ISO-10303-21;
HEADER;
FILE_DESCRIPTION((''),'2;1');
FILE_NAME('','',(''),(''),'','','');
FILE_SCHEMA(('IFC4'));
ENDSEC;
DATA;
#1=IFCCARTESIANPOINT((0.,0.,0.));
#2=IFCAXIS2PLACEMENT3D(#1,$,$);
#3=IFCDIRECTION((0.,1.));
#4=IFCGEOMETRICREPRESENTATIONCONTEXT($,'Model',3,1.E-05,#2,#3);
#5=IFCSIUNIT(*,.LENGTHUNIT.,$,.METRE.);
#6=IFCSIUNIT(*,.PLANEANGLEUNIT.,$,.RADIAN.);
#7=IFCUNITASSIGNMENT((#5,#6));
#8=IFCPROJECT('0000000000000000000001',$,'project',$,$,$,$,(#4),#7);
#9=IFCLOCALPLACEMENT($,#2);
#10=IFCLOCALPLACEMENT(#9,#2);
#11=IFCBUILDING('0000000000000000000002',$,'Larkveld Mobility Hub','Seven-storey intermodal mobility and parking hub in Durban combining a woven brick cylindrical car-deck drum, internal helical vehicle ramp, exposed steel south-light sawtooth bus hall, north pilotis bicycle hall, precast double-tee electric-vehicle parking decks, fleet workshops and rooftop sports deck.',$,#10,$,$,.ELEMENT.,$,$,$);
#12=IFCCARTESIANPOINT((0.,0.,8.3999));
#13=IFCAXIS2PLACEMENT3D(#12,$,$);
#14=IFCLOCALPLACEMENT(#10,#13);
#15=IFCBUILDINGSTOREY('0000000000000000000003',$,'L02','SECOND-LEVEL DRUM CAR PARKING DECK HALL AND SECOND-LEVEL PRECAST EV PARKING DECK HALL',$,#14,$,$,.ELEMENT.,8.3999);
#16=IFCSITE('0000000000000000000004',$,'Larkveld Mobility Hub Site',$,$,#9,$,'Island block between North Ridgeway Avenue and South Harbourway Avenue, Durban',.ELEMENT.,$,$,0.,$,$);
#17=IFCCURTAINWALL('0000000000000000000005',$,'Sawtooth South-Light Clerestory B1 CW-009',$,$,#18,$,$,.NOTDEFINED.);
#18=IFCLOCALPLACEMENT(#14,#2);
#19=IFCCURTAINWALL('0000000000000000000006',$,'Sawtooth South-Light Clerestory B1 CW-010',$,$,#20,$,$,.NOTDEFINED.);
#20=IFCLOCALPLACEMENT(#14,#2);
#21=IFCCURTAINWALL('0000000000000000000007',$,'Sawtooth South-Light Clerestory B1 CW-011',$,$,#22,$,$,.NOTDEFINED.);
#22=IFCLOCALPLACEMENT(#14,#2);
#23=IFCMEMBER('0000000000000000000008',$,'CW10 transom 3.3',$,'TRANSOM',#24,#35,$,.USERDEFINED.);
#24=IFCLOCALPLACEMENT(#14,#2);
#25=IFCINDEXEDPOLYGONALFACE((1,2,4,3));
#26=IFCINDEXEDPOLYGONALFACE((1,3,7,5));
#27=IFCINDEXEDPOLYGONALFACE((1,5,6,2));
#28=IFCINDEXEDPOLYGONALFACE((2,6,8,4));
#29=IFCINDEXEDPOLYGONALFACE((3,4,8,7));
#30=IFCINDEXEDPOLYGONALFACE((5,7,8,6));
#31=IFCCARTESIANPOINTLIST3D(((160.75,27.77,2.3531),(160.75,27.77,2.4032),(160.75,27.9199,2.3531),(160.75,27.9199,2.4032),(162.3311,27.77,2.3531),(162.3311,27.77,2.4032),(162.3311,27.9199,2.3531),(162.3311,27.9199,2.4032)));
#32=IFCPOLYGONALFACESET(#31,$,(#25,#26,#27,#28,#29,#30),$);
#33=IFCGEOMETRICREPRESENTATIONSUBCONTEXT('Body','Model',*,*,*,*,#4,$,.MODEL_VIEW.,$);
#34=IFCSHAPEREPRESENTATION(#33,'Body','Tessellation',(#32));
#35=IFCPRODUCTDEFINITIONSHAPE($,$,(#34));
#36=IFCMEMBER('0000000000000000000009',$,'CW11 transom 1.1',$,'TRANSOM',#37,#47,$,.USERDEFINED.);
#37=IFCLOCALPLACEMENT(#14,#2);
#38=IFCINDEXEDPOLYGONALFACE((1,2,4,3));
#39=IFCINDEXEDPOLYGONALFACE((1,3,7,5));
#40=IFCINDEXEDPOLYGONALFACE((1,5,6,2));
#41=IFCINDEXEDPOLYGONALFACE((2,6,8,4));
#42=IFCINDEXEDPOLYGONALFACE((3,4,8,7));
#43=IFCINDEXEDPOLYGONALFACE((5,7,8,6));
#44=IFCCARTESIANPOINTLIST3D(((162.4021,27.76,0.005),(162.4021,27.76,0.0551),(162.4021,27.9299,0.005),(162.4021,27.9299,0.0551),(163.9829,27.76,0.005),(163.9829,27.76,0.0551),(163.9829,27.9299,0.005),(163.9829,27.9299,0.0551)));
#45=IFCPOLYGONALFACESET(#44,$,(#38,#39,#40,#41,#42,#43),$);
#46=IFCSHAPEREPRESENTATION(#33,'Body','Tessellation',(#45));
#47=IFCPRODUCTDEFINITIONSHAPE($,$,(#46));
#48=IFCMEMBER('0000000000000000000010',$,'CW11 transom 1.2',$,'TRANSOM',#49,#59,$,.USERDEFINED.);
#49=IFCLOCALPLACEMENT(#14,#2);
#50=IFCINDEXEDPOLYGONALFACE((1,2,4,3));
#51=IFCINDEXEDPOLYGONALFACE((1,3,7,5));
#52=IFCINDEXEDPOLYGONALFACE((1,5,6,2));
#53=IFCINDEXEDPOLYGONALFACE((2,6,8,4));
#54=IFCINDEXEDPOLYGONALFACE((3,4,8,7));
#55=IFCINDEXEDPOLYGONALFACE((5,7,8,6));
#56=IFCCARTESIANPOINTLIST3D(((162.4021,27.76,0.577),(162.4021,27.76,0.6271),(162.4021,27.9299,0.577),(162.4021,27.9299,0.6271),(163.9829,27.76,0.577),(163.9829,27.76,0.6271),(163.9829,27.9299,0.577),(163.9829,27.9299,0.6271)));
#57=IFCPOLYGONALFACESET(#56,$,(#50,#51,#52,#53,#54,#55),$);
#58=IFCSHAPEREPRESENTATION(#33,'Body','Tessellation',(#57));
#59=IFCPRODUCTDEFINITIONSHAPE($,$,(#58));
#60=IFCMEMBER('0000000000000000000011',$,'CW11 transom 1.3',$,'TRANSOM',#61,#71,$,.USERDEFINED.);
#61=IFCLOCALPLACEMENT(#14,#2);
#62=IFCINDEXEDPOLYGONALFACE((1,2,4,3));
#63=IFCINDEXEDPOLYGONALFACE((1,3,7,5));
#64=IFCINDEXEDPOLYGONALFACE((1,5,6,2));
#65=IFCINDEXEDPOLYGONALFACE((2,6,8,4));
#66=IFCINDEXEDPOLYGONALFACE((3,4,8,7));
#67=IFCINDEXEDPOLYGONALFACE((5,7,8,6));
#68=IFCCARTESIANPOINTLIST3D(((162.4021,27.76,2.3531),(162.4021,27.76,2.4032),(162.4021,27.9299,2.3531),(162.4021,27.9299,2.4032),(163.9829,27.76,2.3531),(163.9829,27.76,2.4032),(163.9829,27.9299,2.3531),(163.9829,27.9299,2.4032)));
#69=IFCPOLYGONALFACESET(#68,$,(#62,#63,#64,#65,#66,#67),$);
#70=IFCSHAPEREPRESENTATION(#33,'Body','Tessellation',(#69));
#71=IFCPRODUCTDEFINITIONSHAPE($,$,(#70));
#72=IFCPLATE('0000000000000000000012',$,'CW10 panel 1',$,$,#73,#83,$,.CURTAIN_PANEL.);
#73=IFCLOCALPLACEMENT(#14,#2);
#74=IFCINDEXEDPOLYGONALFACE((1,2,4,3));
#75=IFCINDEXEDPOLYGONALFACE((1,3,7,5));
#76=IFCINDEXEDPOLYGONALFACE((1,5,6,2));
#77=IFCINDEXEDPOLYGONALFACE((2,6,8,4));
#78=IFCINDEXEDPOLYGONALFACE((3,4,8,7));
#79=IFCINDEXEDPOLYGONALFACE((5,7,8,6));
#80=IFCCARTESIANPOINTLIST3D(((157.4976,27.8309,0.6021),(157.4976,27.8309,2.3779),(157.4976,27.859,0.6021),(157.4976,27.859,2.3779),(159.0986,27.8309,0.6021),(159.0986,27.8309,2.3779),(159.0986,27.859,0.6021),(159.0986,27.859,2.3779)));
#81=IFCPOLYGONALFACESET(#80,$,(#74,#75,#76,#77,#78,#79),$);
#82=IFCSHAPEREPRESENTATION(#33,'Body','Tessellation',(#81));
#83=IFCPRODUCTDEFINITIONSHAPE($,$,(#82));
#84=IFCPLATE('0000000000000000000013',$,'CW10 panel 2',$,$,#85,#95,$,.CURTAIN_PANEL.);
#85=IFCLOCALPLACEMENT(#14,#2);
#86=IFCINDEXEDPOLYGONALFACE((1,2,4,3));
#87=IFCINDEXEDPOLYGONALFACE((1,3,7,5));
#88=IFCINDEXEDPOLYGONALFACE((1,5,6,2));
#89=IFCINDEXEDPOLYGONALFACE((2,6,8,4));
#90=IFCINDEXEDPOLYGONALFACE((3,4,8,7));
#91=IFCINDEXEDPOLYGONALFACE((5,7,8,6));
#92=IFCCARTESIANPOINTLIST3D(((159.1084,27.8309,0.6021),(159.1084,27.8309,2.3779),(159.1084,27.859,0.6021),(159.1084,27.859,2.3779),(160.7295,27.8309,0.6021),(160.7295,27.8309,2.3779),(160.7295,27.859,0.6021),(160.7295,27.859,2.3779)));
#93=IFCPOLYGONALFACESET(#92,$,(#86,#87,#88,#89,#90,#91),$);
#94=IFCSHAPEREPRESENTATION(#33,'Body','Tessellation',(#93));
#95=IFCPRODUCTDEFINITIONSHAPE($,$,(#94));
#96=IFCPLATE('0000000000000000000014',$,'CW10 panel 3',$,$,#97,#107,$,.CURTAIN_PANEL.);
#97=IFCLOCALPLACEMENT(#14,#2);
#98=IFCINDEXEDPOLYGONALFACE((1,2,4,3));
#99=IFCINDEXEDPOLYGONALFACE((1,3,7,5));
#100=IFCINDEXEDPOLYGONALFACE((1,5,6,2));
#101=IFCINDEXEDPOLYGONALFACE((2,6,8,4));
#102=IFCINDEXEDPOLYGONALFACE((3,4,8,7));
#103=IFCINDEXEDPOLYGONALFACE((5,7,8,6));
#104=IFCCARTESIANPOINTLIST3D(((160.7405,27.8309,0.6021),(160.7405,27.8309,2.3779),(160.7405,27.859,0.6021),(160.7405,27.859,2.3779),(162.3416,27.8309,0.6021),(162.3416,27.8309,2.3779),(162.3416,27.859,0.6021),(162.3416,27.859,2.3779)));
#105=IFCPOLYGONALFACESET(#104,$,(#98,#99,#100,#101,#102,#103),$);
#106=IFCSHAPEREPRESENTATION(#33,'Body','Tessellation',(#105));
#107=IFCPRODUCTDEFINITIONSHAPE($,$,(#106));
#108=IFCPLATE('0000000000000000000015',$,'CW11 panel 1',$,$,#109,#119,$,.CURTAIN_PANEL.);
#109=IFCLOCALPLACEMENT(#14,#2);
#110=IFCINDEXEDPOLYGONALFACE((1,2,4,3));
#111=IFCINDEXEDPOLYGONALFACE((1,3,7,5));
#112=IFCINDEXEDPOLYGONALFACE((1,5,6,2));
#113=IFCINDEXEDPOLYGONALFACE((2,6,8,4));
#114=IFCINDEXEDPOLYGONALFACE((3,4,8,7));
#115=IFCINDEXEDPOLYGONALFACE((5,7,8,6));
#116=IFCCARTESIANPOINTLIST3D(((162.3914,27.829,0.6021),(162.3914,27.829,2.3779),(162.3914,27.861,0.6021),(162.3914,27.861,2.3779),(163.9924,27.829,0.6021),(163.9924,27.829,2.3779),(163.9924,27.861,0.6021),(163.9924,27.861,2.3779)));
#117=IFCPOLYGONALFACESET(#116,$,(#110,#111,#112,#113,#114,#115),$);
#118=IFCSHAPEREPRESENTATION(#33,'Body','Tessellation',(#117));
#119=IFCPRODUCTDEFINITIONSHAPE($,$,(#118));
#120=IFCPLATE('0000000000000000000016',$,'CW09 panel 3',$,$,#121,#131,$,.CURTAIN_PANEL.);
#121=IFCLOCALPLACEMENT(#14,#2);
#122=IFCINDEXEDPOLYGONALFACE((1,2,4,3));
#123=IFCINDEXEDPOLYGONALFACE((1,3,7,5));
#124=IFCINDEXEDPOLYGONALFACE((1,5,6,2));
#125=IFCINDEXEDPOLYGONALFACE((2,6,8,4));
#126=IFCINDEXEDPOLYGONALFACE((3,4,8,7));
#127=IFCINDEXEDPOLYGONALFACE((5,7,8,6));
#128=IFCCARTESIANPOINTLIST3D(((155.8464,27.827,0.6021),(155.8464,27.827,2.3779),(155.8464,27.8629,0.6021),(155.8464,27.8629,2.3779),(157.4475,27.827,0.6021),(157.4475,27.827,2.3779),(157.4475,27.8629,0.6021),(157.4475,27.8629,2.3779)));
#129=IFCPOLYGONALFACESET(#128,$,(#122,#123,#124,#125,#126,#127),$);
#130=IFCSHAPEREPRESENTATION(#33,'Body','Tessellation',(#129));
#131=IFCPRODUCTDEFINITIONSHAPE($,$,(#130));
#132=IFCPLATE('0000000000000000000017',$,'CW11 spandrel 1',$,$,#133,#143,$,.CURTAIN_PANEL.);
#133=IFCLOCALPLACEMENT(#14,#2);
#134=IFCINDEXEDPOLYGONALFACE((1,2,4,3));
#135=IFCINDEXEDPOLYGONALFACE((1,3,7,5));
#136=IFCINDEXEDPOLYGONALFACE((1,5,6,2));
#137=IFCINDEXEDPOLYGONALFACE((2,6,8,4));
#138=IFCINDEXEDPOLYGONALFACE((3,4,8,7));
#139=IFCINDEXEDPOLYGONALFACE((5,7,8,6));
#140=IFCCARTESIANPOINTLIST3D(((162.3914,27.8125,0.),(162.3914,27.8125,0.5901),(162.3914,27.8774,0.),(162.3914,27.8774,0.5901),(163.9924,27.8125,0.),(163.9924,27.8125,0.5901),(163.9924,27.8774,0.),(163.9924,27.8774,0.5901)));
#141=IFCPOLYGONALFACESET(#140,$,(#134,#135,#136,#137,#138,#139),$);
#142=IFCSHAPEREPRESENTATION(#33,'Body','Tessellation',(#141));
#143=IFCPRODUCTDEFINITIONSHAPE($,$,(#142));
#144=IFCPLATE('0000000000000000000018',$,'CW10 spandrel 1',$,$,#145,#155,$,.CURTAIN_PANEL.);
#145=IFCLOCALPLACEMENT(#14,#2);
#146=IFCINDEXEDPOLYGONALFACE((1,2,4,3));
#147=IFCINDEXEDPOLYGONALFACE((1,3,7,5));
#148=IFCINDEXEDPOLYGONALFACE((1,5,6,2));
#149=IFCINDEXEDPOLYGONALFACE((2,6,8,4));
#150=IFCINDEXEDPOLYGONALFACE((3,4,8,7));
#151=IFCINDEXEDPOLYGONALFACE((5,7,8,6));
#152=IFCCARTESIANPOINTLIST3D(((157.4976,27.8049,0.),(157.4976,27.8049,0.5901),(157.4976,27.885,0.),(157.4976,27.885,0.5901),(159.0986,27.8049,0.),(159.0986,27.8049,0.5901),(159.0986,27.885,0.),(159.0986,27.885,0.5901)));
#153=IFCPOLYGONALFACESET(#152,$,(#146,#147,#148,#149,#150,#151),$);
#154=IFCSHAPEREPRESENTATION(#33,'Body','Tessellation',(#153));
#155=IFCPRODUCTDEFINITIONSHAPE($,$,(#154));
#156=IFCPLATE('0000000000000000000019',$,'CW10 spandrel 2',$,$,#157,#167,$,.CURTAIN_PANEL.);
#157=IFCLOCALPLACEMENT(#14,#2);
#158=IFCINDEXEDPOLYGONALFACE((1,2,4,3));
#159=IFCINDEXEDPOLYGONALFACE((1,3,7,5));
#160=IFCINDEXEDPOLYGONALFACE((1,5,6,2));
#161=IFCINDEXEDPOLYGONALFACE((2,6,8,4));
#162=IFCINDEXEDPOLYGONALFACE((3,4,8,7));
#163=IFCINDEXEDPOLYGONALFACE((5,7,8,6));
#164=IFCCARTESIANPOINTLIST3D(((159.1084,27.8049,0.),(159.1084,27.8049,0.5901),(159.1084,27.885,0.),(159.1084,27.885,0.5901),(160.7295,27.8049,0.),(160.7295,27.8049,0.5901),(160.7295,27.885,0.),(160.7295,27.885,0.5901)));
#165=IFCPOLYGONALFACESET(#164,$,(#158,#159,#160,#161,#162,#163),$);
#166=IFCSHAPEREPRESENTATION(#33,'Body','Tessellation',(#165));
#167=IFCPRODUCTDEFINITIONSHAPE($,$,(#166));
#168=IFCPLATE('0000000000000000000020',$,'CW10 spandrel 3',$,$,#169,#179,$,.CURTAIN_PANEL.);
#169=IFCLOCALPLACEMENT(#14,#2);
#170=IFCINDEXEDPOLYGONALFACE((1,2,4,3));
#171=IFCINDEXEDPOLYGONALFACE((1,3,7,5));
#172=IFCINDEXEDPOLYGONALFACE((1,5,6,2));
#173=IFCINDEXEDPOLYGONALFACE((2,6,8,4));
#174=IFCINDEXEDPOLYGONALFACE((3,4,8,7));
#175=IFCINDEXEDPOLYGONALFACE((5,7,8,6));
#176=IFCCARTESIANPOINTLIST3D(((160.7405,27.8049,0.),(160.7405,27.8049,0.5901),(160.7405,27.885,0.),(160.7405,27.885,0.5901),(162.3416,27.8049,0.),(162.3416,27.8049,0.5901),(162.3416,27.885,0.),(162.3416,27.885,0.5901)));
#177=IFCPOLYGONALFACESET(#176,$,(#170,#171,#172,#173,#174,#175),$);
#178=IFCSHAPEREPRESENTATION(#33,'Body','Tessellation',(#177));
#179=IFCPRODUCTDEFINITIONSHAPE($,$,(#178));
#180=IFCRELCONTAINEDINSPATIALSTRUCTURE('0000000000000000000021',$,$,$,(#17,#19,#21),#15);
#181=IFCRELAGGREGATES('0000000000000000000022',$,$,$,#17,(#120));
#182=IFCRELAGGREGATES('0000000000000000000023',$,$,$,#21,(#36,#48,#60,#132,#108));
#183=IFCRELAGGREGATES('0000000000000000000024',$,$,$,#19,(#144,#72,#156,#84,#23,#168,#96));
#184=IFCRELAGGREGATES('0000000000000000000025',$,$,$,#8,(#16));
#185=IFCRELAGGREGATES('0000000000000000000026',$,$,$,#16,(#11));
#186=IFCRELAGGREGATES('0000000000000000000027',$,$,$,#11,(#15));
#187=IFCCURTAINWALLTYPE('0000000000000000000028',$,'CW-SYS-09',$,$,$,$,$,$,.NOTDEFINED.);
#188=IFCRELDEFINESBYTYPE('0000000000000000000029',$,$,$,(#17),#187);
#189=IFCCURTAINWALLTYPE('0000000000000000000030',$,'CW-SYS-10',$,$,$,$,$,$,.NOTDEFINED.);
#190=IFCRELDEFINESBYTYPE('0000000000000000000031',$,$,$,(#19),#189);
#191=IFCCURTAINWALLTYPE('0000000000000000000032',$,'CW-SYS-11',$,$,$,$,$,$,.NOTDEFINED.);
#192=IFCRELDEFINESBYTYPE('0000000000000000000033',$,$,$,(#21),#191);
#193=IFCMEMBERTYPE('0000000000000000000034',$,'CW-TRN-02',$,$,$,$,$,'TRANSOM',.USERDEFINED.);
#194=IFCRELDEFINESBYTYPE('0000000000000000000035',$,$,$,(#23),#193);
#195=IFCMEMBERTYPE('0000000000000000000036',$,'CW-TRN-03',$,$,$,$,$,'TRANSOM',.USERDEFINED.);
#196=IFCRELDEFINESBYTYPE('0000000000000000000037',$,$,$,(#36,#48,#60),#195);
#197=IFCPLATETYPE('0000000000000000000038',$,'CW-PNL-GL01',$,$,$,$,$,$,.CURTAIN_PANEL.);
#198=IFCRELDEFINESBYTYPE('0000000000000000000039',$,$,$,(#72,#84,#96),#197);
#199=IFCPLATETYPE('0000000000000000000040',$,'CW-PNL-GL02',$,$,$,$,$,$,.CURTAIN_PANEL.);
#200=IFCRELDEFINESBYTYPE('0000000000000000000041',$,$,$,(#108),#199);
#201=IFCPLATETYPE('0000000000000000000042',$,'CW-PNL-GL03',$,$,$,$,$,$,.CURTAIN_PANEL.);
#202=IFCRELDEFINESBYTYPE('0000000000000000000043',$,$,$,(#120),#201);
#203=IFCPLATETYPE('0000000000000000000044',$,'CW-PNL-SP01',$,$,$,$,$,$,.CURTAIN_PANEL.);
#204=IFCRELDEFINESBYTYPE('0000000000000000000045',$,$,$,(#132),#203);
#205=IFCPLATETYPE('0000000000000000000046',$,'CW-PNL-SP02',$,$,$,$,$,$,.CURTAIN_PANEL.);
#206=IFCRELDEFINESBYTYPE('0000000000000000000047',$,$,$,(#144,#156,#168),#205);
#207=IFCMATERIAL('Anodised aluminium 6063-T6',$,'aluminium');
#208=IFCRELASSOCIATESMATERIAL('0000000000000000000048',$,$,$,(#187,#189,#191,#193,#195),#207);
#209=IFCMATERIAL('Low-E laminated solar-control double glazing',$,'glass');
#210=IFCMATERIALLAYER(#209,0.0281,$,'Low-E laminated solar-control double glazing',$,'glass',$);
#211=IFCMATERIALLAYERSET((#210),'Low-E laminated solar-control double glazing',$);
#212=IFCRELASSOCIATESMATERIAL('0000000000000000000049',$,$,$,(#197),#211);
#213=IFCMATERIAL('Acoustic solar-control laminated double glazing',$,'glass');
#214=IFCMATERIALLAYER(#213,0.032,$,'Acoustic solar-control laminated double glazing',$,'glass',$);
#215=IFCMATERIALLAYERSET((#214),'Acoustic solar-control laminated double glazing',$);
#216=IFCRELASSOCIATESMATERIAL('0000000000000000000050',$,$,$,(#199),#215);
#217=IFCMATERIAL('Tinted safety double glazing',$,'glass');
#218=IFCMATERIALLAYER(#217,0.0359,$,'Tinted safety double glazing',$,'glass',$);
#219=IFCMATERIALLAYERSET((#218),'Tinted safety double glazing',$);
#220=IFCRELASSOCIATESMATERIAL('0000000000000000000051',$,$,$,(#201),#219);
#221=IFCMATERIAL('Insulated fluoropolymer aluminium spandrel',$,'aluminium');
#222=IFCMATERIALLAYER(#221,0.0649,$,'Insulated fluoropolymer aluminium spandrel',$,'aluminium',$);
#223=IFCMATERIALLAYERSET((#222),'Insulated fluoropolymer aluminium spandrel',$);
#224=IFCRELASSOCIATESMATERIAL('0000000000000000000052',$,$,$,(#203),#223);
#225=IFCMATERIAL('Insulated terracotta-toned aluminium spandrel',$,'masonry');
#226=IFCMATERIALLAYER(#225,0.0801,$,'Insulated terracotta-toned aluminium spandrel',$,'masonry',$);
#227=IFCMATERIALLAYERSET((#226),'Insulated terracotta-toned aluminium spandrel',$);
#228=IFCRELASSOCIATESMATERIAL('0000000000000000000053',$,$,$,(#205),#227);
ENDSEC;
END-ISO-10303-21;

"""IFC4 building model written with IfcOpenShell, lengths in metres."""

from ifc_helpers import new_model, si_unit, direction, frame, origin, origin_2d, place, context, subcontext, project, spatial, rectangle, extrude, material, layer, layer_set, material_profile, profile_set, type_object, element, aggregate, save


model = new_model("IFC4")

# Units and contexts
model_context = context("Model", 3, precision=1e-05, world=origin(), true_north=direction((0.0, 1.0)))
body_context = subcontext(model_context, "Body", "Model", "MODEL_VIEW")
ifc_project = project(units=[si_unit("LENGTHUNIT", "METRE"), si_unit("PLANEANGLEUNIT", "RADIAN")], contexts=[model_context])

# Site, building, storey
site_placement = place(None, origin())
site = spatial("IfcSite", under=ifc_project, at=site_placement, Name="Larkveld Mobility Hub Site", LongName="Island block between North Ridgeway Avenue and South Harbourway Avenue, Durban", CompositionType="ELEMENT", RefElevation=0.0)
building_placement = place(site_placement, origin())
building = spatial("IfcBuilding", under=site, at=building_placement, Name="Larkveld Mobility Hub", Description="Seven-storey intermodal mobility and parking hub in Durban combining a woven brick cylindrical car-deck drum, internal helical vehicle ramp, exposed steel south-light sawtooth bus hall, north pilotis bicycle hall, precast double-tee electric-vehicle parking decks, fleet workshops and rooftop sports deck.", CompositionType="ELEMENT")
storey_placement = place(building_placement, frame((0.0, 0.0, 8.3999)))
storey = spatial("IfcBuildingStorey", under=building, at=storey_placement, Name="L02", Description="SECOND-LEVEL DRUM CAR PARKING DECK HALL AND SECOND-LEVEL PRECAST EV PARKING DECK HALL", CompositionType="ELEMENT", Elevation=8.3999)

# Curtain wall
ifc_material_1 = material(Name="Anodised aluminium 6063-T6", Category="aluminium")
curtain_wall_type_1 = type_object("IfcCurtainWallType", Name="CW-SYS-09", PredefinedType="NOTDEFINED", material=ifc_material_1)
curtain_wall_1_placement = place(storey_placement, origin())
curtain_wall_1 = element("IfcCurtainWall", 1, at=curtain_wall_1_placement, inside=storey, type_object=curtain_wall_type_1, Name="Sawtooth South-Light Clerestory B1 CW-009", PredefinedType="NOTDEFINED")

# Curtain wall
curtain_wall_type_2 = type_object("IfcCurtainWallType", Name="CW-SYS-10", PredefinedType="NOTDEFINED", material=ifc_material_1)
curtain_wall_2_placement = place(storey_placement, origin())
curtain_wall_2 = element("IfcCurtainWall", 2, at=curtain_wall_2_placement, inside=storey, type_object=curtain_wall_type_2, Name="Sawtooth South-Light Clerestory B1 CW-010", PredefinedType="NOTDEFINED")

# Curtain wall
curtain_wall_type_3 = type_object("IfcCurtainWallType", Name="CW-SYS-11", PredefinedType="NOTDEFINED", material=ifc_material_1)
curtain_wall_3_placement = place(storey_placement, origin())
curtain_wall_3 = element("IfcCurtainWall", 3, at=curtain_wall_3_placement, inside=storey, type_object=curtain_wall_type_3, Name="Sawtooth South-Light Clerestory B1 CW-011", PredefinedType="NOTDEFINED")

# Members
ifc_material_profile_1 = material_profile(ifc_material_1, rectangle(XDim=0.1499, YDim=0.05, at=origin_2d()), Name="ALU TRAN 50x150")
ifc_profile_set_1 = profile_set([ifc_material_profile_1], Name="Anodised aluminium 6063-T6")
member_type_1 = type_object("IfcMemberType", Name="CW-TRN-02", ElementType="TRANSOM", PredefinedType="USERDEFINED", material=ifc_profile_set_1)
member_1_placement = place(storey_placement, frame((160.75, 27.845, 2.3782), z_axis=(1.0, 0.0, 0.0), x_axis=(0.0, 1.0, 0.0)))
member_1 = element("IfcMember", 4, at=member_1_placement, type_object=member_type_1, Name="CW10 transom 3.3", ObjectType="TRANSOM", PredefinedType="USERDEFINED", context=body_context, shape_type="SweptSolid", body=[
    extrude(rectangle(XDim=0.1499, YDim=0.05, at=origin_2d()), origin(), (0.0, 0.0, 1.0), 1.5811),
])
ifc_material_profile_2 = material_profile(ifc_material_1, rectangle(XDim=0.1699, YDim=0.05, at=origin_2d()), Name="ALU TRAN 50x170")
ifc_profile_set_2 = profile_set([ifc_material_profile_2], Name="Anodised aluminium 6063-T6")
member_type_2 = type_object("IfcMemberType", Name="CW-TRN-03", ElementType="TRANSOM", PredefinedType="USERDEFINED", material=ifc_profile_set_2)
member_2_placement = place(storey_placement, frame((162.4021, 27.845, 0.03), z_axis=(1.0, 0.0, 0.0), x_axis=(0.0, 1.0, 0.0)))
member_2 = element("IfcMember", 5, at=member_2_placement, type_object=member_type_2, Name="CW11 transom 1.1", ObjectType="TRANSOM", PredefinedType="USERDEFINED", context=body_context, shape_type="SweptSolid", body=[
    extrude(rectangle(XDim=0.1699, YDim=0.05, at=origin_2d()), origin(), (0.0, 0.0, 1.0), 1.5808),
])
member_3_placement = place(storey_placement, frame((162.4021, 27.845, 0.6021), z_axis=(1.0, 0.0, 0.0), x_axis=(0.0, 1.0, 0.0)))
member_3 = element("IfcMember", 6, at=member_3_placement, type_object=member_type_2, Name="CW11 transom 1.2", ObjectType="TRANSOM", PredefinedType="USERDEFINED", context=body_context, shape_type="SweptSolid", body=[
    extrude(rectangle(XDim=0.1699, YDim=0.05, at=origin_2d()), origin(), (0.0, 0.0, 1.0), 1.5808),
])
member_4_placement = place(storey_placement, frame((162.4021, 27.845, 2.3782), z_axis=(1.0, 0.0, 0.0), x_axis=(0.0, 1.0, 0.0)))
member_4 = element("IfcMember", 7, at=member_4_placement, type_object=member_type_2, Name="CW11 transom 1.3", ObjectType="TRANSOM", PredefinedType="USERDEFINED", context=body_context, shape_type="SweptSolid", body=[
    extrude(rectangle(XDim=0.1699, YDim=0.05, at=origin_2d()), origin(), (0.0, 0.0, 1.0), 1.5808),
])

# Plates
ifc_material_2 = material(Name="Low-E laminated solar-control double glazing", Category="glass")
ifc_layer_1 = layer(ifc_material_2, 0.0281, Name="Low-E laminated solar-control double glazing", Category="glass")
ifc_layer_set_1 = layer_set([ifc_layer_1], Name="Low-E laminated solar-control double glazing")
plate_type_1 = type_object("IfcPlateType", Name="CW-PNL-GL01", PredefinedType="CURTAIN_PANEL", material=ifc_layer_set_1)
plate_1_placement = place(storey_placement, frame((158.2981, 27.845, 0.6021), z_axis=(0.0, 0.0, 1.0), x_axis=(1.0, 0.0, 0.0)))
plate_1 = element("IfcPlate", 8, at=plate_1_placement, type_object=plate_type_1, Name="CW10 panel 1", PredefinedType="CURTAIN_PANEL", context=body_context, shape_type="SweptSolid", body=[
    extrude(rectangle(XDim=1.6011, YDim=0.0281, at=origin_2d()), origin(), (0.0, 0.0, 1.0), 1.7759),
])
plate_2_placement = place(storey_placement, frame((159.9189, 27.845, 0.6021), z_axis=(0.0, 0.0, 1.0), x_axis=(1.0, 0.0, 0.0)))
plate_2 = element("IfcPlate", 9, at=plate_2_placement, type_object=plate_type_1, Name="CW10 panel 2", PredefinedType="CURTAIN_PANEL", context=body_context, shape_type="SweptSolid", body=[
    extrude(rectangle(XDim=1.6211, YDim=0.0281, at=origin_2d()), origin(), (0.0, 0.0, 1.0), 1.7759),
])
plate_3_placement = place(storey_placement, frame((161.541, 27.845, 0.6021), z_axis=(0.0, 0.0, 1.0), x_axis=(1.0, 0.0, 0.0)))
plate_3 = element("IfcPlate", 10, at=plate_3_placement, type_object=plate_type_1, Name="CW10 panel 3", PredefinedType="CURTAIN_PANEL", context=body_context, shape_type="SweptSolid", body=[
    extrude(rectangle(XDim=1.6011, YDim=0.0281, at=origin_2d()), origin(), (0.0, 0.0, 1.0), 1.7759),
])
ifc_material_3 = material(Name="Acoustic solar-control laminated double glazing", Category="glass")
ifc_layer_2 = layer(ifc_material_3, 0.032, Name="Acoustic solar-control laminated double glazing", Category="glass")
ifc_layer_set_2 = layer_set([ifc_layer_2], Name="Acoustic solar-control laminated double glazing")
plate_type_2 = type_object("IfcPlateType", Name="CW-PNL-GL02", PredefinedType="CURTAIN_PANEL", material=ifc_layer_set_2)
plate_4_placement = place(storey_placement, frame((163.1919, 27.845, 0.6021), z_axis=(0.0, 0.0, 1.0), x_axis=(1.0, 0.0, 0.0)))
plate_4 = element("IfcPlate", 11, at=plate_4_placement, type_object=plate_type_2, Name="CW11 panel 1", PredefinedType="CURTAIN_PANEL", context=body_context, shape_type="SweptSolid", body=[
    extrude(rectangle(XDim=1.6011, YDim=0.032, at=origin_2d()), origin(), (0.0, 0.0, 1.0), 1.7759),
])
ifc_material_4 = material(Name="Tinted safety double glazing", Category="glass")
ifc_layer_3 = layer(ifc_material_4, 0.0359, Name="Tinted safety double glazing", Category="glass")
ifc_layer_set_3 = layer_set([ifc_layer_3], Name="Tinted safety double glazing")
plate_type_3 = type_object("IfcPlateType", Name="CW-PNL-GL03", PredefinedType="CURTAIN_PANEL", material=ifc_layer_set_3)
plate_5_placement = place(storey_placement, frame((156.647, 27.845, 0.6021), z_axis=(0.0, 0.0, 1.0), x_axis=(1.0, 0.0, 0.0)))
plate_5 = element("IfcPlate", 12, at=plate_5_placement, type_object=plate_type_3, Name="CW09 panel 3", PredefinedType="CURTAIN_PANEL", context=body_context, shape_type="SweptSolid", body=[
    extrude(rectangle(XDim=1.6011, YDim=0.0359, at=origin_2d()), origin(), (0.0, 0.0, 1.0), 1.7759),
])
aggregate(curtain_wall_1, [plate_5])
ifc_material_5 = material(Name="Insulated fluoropolymer aluminium spandrel", Category="aluminium")
ifc_layer_4 = layer(ifc_material_5, 0.0649, Name="Insulated fluoropolymer aluminium spandrel", Category="aluminium")
ifc_layer_set_4 = layer_set([ifc_layer_4], Name="Insulated fluoropolymer aluminium spandrel")
plate_type_4 = type_object("IfcPlateType", Name="CW-PNL-SP01", PredefinedType="CURTAIN_PANEL", material=ifc_layer_set_4)
plate_6_placement = place(storey_placement, frame((163.1919, 27.845, 0.0), z_axis=(0.0, 0.0, 1.0), x_axis=(1.0, 0.0, 0.0)))
plate_6 = element("IfcPlate", 13, at=plate_6_placement, type_object=plate_type_4, Name="CW11 spandrel 1", PredefinedType="CURTAIN_PANEL", context=body_context, shape_type="SweptSolid", body=[
    extrude(rectangle(XDim=1.6011, YDim=0.0649, at=origin_2d()), origin(), (0.0, 0.0, 1.0), 0.5901),
])
aggregate(curtain_wall_3, [member_2, member_3, member_4, plate_6, plate_4])
ifc_material_6 = material(Name="Insulated terracotta-toned aluminium spandrel", Category="masonry")
ifc_layer_5 = layer(ifc_material_6, 0.0801, Name="Insulated terracotta-toned aluminium spandrel", Category="masonry")
ifc_layer_set_5 = layer_set([ifc_layer_5], Name="Insulated terracotta-toned aluminium spandrel")
plate_type_5 = type_object("IfcPlateType", Name="CW-PNL-SP02", PredefinedType="CURTAIN_PANEL", material=ifc_layer_set_5)
plate_7_placement = place(storey_placement, frame((158.2981, 27.845, 0.0), z_axis=(0.0, 0.0, 1.0), x_axis=(1.0, 0.0, 0.0)))
plate_7 = element("IfcPlate", 14, at=plate_7_placement, type_object=plate_type_5, Name="CW10 spandrel 1", PredefinedType="CURTAIN_PANEL", context=body_context, shape_type="SweptSolid", body=[
    extrude(rectangle(XDim=1.6011, YDim=0.0801, at=origin_2d()), origin(), (0.0, 0.0, 1.0), 0.5901),
])
plate_8_placement = place(storey_placement, frame((159.9189, 27.845, 0.0), z_axis=(0.0, 0.0, 1.0), x_axis=(1.0, 0.0, 0.0)))
plate_8 = element("IfcPlate", 15, at=plate_8_placement, type_object=plate_type_5, Name="CW10 spandrel 2", PredefinedType="CURTAIN_PANEL", context=body_context, shape_type="SweptSolid", body=[
    extrude(rectangle(XDim=1.6211, YDim=0.0801, at=origin_2d()), origin(), (0.0, 0.0, 1.0), 0.5901),
])
plate_9_placement = place(storey_placement, frame((161.541, 27.845, 0.0), z_axis=(0.0, 0.0, 1.0), x_axis=(1.0, 0.0, 0.0)))
plate_9 = element("IfcPlate", 16, at=plate_9_placement, type_object=plate_type_5, Name="CW10 spandrel 3", PredefinedType="CURTAIN_PANEL", context=body_context, shape_type="SweptSolid", body=[
    extrude(rectangle(XDim=1.6011, YDim=0.0801, at=origin_2d()), origin(), (0.0, 0.0, 1.0), 0.5901),
])
aggregate(curtain_wall_2, [plate_7, plate_1, plate_8, plate_2, member_1, plate_9, plate_3])

save(model, "model.ifc")
